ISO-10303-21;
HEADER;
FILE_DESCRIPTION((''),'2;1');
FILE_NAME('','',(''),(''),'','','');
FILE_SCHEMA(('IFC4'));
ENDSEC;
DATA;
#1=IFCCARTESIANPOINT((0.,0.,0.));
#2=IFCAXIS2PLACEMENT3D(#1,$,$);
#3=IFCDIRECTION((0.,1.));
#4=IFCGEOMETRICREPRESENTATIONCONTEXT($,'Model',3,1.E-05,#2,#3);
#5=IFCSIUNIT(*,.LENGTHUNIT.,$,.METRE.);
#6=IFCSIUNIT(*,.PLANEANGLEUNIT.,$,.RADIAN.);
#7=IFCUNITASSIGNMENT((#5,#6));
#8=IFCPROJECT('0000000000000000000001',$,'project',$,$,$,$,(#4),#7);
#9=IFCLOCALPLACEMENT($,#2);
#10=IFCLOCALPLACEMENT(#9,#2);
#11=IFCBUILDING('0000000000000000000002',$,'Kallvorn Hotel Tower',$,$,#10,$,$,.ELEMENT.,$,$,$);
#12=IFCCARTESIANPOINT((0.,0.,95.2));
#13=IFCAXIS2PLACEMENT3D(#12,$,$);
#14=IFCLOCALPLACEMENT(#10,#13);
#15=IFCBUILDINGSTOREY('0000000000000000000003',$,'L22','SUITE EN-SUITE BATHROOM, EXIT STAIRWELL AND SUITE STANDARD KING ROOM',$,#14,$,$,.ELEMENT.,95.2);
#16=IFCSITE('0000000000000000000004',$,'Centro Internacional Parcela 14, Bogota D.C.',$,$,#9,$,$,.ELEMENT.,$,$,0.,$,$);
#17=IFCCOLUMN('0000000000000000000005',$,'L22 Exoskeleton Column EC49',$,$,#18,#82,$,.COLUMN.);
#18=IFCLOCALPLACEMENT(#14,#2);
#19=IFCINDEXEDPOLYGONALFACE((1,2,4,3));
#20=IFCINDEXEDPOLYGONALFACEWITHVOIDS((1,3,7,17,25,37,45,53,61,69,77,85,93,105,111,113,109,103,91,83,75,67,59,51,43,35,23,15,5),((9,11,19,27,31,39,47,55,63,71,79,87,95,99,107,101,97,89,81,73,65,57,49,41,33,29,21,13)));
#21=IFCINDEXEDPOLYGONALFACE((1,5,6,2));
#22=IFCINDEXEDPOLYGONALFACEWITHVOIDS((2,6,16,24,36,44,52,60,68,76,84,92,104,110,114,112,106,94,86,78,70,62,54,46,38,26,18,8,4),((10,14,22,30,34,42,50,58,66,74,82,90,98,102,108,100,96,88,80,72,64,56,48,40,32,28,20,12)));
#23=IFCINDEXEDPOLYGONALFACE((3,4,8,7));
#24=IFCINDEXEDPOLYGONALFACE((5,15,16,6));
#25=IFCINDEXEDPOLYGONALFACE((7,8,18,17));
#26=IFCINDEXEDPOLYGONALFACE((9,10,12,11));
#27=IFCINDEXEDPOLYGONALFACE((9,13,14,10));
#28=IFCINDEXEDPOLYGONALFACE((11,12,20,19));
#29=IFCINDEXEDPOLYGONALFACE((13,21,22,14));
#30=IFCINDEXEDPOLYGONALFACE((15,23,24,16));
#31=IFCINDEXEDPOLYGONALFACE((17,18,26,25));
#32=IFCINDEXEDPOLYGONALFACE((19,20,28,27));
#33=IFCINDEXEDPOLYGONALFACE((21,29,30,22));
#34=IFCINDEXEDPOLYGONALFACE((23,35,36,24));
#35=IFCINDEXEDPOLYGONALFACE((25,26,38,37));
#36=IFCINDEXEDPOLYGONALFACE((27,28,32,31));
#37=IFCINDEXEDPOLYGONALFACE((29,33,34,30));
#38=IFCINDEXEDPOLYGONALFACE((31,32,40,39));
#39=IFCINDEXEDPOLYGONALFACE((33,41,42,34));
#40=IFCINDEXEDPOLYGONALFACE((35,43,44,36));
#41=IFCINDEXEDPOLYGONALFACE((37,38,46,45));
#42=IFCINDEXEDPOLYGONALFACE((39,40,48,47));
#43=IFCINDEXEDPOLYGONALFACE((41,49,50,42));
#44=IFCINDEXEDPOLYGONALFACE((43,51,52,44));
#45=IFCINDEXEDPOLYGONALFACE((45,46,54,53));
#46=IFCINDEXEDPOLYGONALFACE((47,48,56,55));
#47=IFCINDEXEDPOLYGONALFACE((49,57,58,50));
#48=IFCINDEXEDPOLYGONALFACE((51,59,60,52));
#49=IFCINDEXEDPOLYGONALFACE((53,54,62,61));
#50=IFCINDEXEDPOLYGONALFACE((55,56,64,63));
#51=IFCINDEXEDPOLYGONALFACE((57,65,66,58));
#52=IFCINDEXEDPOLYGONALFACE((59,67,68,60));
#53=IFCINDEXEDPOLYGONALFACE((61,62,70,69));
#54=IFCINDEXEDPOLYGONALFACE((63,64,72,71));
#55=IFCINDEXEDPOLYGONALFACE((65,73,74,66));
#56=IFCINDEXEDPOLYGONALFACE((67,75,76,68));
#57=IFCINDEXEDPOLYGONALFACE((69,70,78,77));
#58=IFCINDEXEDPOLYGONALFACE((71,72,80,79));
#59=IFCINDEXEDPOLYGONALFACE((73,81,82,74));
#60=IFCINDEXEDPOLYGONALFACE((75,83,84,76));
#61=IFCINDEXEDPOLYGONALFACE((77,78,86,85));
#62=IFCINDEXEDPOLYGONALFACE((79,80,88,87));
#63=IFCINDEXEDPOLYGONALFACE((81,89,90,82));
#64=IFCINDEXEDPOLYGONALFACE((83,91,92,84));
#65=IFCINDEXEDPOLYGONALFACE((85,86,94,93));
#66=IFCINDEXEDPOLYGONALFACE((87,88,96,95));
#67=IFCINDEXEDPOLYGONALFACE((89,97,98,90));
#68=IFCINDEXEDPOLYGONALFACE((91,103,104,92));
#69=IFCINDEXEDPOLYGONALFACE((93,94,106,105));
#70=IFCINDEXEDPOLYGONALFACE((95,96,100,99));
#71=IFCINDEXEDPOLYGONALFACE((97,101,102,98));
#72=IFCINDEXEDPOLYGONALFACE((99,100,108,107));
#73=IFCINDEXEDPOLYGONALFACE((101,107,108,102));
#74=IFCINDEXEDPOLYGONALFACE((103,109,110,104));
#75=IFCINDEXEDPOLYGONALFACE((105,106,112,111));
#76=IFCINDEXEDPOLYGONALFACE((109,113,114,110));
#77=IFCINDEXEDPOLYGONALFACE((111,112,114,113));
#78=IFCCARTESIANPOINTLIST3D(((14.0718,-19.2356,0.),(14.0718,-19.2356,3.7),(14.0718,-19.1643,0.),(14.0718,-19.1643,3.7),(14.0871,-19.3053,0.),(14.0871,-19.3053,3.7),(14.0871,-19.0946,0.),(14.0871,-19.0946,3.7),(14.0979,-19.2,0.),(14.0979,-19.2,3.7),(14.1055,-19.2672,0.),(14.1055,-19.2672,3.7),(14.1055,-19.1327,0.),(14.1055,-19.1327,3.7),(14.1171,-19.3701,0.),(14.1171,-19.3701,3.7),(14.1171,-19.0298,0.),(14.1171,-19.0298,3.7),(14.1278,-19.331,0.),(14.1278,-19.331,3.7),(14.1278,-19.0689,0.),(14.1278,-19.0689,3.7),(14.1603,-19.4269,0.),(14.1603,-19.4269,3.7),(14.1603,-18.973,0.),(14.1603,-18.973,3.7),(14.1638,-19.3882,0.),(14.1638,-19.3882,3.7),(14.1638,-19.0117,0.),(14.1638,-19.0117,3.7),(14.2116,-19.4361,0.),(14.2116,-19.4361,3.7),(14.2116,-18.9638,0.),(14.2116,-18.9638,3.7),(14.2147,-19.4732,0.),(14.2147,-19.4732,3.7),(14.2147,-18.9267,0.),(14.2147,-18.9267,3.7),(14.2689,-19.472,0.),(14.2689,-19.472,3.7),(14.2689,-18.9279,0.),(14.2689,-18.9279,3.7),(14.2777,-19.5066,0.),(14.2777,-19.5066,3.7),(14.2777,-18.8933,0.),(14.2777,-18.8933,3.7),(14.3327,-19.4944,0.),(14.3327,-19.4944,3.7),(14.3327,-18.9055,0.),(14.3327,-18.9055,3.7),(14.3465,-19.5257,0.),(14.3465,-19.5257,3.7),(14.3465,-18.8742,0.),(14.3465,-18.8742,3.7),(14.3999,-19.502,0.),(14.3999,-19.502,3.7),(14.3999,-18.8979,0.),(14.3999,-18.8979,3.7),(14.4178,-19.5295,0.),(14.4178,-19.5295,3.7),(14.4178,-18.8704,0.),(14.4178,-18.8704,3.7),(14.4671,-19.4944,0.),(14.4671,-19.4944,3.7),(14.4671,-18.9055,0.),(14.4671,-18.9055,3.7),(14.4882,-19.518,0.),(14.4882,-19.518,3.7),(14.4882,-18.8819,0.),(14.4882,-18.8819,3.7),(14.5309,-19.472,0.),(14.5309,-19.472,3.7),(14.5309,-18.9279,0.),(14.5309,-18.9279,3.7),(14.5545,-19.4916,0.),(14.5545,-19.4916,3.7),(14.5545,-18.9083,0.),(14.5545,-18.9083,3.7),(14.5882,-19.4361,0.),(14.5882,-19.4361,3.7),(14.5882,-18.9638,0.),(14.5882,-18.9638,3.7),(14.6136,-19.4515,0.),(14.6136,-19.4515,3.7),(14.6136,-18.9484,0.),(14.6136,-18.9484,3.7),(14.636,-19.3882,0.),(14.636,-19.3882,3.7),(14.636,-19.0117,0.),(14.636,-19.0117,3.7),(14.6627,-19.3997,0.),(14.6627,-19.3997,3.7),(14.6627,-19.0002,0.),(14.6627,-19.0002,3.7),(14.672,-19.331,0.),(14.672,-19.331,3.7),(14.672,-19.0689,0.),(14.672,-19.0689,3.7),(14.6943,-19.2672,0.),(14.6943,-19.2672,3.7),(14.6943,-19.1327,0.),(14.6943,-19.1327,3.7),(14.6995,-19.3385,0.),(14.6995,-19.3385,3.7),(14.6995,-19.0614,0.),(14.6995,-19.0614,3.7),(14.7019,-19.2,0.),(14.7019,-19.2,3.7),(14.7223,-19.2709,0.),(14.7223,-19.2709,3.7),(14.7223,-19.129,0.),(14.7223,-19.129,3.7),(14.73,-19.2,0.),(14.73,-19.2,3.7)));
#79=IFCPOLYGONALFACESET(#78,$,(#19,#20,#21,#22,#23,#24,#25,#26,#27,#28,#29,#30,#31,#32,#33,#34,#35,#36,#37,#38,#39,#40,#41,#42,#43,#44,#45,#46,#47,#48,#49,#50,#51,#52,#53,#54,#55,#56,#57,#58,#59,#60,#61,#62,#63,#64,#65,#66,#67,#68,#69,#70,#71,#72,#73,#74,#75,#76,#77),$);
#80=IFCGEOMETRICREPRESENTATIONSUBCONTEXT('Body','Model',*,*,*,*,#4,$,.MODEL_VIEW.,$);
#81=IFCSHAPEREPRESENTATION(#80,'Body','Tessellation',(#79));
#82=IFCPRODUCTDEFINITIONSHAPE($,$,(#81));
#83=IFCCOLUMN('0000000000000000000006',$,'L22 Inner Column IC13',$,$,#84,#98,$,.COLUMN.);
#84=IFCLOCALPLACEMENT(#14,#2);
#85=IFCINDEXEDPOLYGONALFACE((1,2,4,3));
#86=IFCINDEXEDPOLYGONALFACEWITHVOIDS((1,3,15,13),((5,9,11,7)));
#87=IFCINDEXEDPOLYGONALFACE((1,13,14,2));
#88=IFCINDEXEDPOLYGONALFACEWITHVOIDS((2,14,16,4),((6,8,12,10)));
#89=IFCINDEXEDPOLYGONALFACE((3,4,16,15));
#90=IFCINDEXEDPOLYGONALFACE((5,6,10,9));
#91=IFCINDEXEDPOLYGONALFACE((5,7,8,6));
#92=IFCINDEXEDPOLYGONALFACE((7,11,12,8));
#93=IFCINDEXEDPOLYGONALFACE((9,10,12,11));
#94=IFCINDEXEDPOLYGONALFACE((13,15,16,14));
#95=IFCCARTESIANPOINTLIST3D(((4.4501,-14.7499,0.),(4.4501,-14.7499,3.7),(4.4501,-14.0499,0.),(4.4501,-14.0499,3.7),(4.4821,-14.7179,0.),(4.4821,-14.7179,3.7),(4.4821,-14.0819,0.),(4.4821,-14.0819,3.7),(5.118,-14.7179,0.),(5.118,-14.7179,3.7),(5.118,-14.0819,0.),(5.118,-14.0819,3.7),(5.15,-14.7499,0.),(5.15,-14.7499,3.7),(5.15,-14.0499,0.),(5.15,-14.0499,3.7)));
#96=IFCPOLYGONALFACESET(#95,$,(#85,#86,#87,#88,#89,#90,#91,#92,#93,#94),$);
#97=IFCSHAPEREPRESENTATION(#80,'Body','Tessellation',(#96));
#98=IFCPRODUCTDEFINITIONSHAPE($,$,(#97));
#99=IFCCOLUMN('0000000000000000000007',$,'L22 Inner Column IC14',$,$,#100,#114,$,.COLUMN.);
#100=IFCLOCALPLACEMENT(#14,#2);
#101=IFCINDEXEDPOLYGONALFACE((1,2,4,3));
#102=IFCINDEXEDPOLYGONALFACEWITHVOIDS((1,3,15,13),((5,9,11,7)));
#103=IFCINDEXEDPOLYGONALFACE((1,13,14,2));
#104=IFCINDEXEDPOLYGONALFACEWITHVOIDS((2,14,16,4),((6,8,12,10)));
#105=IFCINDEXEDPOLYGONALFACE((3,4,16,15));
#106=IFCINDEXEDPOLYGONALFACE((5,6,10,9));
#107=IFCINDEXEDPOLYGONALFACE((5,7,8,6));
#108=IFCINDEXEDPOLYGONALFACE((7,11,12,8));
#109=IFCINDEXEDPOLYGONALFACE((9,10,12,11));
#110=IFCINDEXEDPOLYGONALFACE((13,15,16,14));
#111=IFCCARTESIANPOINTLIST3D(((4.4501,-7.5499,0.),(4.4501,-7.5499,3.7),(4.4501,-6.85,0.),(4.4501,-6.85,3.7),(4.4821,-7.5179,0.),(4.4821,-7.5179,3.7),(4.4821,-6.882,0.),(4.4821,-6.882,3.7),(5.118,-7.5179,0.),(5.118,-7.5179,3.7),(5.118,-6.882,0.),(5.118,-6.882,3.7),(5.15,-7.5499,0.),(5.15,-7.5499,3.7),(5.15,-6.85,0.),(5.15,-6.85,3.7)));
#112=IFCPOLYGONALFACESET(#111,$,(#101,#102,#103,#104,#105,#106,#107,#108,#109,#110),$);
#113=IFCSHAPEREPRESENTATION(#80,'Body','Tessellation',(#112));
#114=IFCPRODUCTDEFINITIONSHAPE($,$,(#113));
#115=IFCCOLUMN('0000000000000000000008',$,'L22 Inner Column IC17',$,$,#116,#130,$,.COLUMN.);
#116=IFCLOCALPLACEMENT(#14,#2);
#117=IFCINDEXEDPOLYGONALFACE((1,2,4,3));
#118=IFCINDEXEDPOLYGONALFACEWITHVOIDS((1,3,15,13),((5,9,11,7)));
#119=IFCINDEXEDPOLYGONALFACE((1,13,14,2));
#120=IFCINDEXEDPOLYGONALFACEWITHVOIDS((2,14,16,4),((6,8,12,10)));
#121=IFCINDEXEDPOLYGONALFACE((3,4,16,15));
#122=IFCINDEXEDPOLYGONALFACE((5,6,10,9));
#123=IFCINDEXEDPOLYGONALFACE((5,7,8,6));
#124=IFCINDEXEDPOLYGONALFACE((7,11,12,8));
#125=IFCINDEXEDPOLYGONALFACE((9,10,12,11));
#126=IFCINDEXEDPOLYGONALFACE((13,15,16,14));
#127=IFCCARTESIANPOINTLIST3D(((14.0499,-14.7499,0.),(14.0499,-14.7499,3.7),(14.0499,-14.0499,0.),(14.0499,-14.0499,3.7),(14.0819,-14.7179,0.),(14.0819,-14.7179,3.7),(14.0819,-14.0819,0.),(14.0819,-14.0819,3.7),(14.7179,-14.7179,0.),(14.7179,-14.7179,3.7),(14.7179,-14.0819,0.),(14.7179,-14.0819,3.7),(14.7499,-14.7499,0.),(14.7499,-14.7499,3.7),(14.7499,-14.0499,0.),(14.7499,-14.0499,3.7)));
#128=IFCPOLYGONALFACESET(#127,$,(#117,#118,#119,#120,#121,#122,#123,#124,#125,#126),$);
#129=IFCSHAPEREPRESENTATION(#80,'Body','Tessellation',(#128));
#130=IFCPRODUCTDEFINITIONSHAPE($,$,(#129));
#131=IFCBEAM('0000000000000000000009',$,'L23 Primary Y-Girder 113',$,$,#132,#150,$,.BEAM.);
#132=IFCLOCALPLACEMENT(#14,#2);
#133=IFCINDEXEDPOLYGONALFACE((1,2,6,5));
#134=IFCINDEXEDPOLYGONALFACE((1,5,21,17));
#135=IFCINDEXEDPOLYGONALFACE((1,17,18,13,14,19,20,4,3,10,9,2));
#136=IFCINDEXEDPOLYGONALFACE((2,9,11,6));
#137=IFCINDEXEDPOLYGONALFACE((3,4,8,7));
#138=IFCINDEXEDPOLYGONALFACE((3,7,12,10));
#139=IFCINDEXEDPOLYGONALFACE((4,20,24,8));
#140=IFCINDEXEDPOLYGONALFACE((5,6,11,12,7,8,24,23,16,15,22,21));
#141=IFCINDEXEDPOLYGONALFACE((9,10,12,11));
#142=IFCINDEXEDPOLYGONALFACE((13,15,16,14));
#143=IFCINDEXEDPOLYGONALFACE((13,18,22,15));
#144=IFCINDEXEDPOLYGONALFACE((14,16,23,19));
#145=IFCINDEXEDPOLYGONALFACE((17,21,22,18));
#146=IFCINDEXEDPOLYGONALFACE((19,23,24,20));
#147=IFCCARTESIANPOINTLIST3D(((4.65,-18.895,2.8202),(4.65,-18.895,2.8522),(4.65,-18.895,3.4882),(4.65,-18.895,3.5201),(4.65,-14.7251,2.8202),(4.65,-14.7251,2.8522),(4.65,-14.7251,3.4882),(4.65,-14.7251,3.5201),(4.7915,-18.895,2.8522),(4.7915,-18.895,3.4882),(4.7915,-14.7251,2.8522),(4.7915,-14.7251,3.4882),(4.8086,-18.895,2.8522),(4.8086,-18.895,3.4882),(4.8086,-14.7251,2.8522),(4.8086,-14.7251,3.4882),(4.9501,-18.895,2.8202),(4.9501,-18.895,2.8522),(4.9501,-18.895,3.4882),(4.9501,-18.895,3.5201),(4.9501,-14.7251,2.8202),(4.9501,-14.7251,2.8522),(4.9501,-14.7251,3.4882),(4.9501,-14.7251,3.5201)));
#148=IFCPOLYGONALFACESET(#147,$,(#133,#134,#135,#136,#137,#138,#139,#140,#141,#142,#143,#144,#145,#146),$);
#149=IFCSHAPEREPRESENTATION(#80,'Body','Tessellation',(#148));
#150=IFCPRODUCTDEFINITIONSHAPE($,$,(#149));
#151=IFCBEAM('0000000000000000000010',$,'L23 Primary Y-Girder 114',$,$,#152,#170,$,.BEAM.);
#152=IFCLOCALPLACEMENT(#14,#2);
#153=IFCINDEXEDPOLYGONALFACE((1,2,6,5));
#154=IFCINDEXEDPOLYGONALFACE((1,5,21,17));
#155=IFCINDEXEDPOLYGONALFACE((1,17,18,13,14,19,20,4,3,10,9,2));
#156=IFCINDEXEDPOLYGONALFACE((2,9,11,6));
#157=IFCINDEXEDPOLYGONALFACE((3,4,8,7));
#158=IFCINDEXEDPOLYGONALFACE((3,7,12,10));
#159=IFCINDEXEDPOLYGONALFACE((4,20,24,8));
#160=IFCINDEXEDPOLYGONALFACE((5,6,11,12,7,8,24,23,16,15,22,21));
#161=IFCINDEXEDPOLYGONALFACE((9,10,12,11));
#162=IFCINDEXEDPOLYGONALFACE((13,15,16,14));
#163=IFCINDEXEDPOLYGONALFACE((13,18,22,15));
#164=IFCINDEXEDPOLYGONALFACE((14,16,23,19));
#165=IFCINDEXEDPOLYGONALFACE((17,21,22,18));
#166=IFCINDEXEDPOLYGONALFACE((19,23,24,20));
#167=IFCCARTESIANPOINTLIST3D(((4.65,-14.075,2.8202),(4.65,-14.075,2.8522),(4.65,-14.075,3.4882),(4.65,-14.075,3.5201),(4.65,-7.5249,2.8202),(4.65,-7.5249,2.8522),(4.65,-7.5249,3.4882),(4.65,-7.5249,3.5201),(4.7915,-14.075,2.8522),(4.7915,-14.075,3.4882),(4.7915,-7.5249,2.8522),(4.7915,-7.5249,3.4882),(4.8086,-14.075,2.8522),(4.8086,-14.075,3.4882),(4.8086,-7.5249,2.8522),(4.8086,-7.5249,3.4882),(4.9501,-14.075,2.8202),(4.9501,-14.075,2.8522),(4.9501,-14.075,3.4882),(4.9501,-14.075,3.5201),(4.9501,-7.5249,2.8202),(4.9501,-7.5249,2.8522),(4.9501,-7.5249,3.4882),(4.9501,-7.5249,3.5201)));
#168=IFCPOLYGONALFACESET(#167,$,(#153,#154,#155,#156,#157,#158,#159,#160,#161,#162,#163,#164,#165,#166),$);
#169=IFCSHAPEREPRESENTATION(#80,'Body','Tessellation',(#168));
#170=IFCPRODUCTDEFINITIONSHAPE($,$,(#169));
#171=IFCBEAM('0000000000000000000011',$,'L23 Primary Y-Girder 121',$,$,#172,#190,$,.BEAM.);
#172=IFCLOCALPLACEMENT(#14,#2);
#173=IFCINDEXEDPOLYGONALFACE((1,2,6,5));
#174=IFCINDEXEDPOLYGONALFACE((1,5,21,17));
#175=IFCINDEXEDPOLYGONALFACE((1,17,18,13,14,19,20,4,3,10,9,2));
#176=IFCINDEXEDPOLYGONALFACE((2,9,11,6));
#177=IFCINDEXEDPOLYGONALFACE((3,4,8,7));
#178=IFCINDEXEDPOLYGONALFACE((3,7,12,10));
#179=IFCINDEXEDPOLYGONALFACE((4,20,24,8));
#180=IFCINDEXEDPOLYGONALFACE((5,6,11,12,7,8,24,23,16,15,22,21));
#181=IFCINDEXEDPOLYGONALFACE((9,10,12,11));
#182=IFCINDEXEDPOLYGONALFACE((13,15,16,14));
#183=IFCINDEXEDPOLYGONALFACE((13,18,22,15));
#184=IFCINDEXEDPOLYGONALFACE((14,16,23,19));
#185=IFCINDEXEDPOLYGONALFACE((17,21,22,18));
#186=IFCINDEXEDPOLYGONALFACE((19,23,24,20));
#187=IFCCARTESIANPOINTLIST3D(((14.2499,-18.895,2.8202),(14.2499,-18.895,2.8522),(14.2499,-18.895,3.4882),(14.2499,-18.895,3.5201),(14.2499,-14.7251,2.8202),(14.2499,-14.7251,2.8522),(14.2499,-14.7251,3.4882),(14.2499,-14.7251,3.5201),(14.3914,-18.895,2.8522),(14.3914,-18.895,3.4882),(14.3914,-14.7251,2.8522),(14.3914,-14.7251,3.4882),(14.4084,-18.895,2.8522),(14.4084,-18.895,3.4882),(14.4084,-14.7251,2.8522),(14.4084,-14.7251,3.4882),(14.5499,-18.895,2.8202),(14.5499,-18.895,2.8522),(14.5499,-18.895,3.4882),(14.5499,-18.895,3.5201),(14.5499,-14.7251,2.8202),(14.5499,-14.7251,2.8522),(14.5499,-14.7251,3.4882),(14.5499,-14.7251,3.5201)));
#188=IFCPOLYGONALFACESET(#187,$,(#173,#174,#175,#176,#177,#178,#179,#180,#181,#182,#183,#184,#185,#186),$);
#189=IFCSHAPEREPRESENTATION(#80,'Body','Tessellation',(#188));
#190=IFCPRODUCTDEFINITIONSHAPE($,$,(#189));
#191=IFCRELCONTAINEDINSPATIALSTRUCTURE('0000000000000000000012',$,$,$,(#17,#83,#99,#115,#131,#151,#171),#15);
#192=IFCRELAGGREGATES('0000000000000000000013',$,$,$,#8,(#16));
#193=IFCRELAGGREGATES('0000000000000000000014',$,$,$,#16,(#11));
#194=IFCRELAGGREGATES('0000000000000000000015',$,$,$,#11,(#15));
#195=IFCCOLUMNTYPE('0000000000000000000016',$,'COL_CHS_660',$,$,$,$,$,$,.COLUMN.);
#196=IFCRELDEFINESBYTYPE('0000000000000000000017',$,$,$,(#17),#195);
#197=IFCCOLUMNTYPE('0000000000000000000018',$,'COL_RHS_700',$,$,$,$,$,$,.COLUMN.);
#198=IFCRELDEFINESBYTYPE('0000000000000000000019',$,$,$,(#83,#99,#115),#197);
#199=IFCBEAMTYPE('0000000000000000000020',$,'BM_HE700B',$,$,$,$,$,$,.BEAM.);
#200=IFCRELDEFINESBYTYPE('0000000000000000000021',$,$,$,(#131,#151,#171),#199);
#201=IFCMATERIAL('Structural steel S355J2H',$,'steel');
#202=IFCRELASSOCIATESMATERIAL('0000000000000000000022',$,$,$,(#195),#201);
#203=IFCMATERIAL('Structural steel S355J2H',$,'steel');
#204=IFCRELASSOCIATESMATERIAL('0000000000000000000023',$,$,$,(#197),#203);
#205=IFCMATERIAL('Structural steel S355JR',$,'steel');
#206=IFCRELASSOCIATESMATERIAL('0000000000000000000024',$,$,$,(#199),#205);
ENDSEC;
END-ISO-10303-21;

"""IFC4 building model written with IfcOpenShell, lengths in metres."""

from ifc_helpers import new_model, si_unit, direction, frame, origin, origin_2d, place, context, subcontext, project, spatial, hollow_rectangle, hollow_circle, i_section, extrude, material, material_profile, profile_set, type_object, element, save


model = new_model("IFC4")

# Units and contexts
model_context = context("Model", 3, precision=1e-05, world=origin(), true_north=direction((0.0, 1.0)))
body_context = subcontext(model_context, "Body", "Model", "MODEL_VIEW")
ifc_project = project(units=[si_unit("LENGTHUNIT", "METRE"), si_unit("PLANEANGLEUNIT", "RADIAN")], contexts=[model_context])

# Site, building, storey
site_placement = place(None, origin())
site = spatial("IfcSite", under=ifc_project, at=site_placement, Name="Centro Internacional Parcela 14, Bogota D.C.", CompositionType="ELEMENT", RefElevation=0.0)
building_placement = place(site_placement, origin())
building = spatial("IfcBuilding", under=site, at=building_placement, Name="Kallvorn Hotel Tower", CompositionType="ELEMENT")
storey_placement = place(building_placement, frame((0.0, 0.0, 95.2)))
storey = spatial("IfcBuildingStorey", under=building, at=storey_placement, Name="L22", Description="SUITE EN-SUITE BATHROOM, EXIT STAIRWELL AND SUITE STANDARD KING ROOM", CompositionType="ELEMENT", Elevation=95.2)

# Columns
ifc_material_1 = material(Name="Structural steel S355J2H", Category="steel")
ifc_material_profile_1 = material_profile(ifc_material_1, hollow_circle(Radius=0.3301, WallThickness=0.0281, at=origin_2d()), Name="CHS 660x28")
ifc_profile_set_1 = profile_set([ifc_material_profile_1], Name="Structural steel S355J2H")
column_type_1 = type_object("IfcColumnType", Name="COL_CHS_660", PredefinedType="COLUMN", material=ifc_profile_set_1)
for number, where, z_axis, x_axis, name in (
    (1, (14.3999, -19.2, 0.0), (0.0, 0.0, 1.0), (1.0, 0.0, 0.0), "L22 Exoskeleton Column EC49"),
):
    element("IfcColumn", number, at=place(storey_placement, frame(where, z_axis=z_axis, x_axis=x_axis)), inside=storey, type_object=column_type_1, Name=name, PredefinedType="COLUMN", context=body_context, shape_type="SweptSolid", body=[
        extrude(hollow_circle(Radius=0.3301, WallThickness=0.0281, at=origin_2d()), origin(), (0.0, 0.0, 1.0), 3.7),
    ])
ifc_material_2 = material(Name="Structural steel S355J2H", Category="steel")
ifc_material_profile_2 = material_profile(ifc_material_2, hollow_rectangle(XDim=0.7, YDim=0.7, WallThickness=0.032, at=origin_2d()), Name="RHS 700x700x32")
ifc_profile_set_2 = profile_set([ifc_material_profile_2], Name="Structural steel S355J2H")
column_type_2 = type_object("IfcColumnType", Name="COL_RHS_700", PredefinedType="COLUMN", material=ifc_profile_set_2)
for number, where, z_axis, x_axis, name in (
    (2, (4.8, -14.3999, 0.0), (0.0, 0.0, 1.0), (1.0, 0.0, 0.0), "L22 Inner Column IC13"),
    (3, (4.8, -7.2, 0.0), (0.0, 0.0, 1.0), (1.0, 0.0, 0.0), "L22 Inner Column IC14"),
    (4, (14.3999, -14.3999, 0.0), (0.0, 0.0, 1.0), (1.0, 0.0, 0.0), "L22 Inner Column IC17"),
):
    element("IfcColumn", number, at=place(storey_placement, frame(where, z_axis=z_axis, x_axis=x_axis)), inside=storey, type_object=column_type_2, Name=name, PredefinedType="COLUMN", context=body_context, shape_type="SweptSolid", body=[
        extrude(hollow_rectangle(XDim=0.7, YDim=0.7, WallThickness=0.032, at=origin_2d()), origin(), (0.0, 0.0, 1.0), 3.7),
    ])

# Beams
ifc_material_3 = material(Name="Structural steel S355JR", Category="steel")
ifc_material_profile_3 = material_profile(ifc_material_3, i_section(OverallWidth=0.3, OverallDepth=0.7, WebThickness=0.0171, FlangeThickness=0.032, at=origin_2d()), Name="HE 700 B")
ifc_profile_set_3 = profile_set([ifc_material_profile_3], Name="Structural steel S355JR")
beam_type_1 = type_object("IfcBeamType", Name="BM_HE700B", PredefinedType="BEAM", material=ifc_profile_set_3)
beam_1_placement = place(storey_placement, frame((4.8, -18.895, 3.1702), z_axis=(0.0, 1.0, 0.0), x_axis=(-1.0, 0.0, 0.0)))
element("IfcBeam", 5, at=beam_1_placement, inside=storey, type_object=beam_type_1, Name="L23 Primary Y-Girder 113", PredefinedType="BEAM", context=body_context, shape_type="SweptSolid", body=[
    extrude(i_section(OverallWidth=0.3, OverallDepth=0.7, WebThickness=0.0171, FlangeThickness=0.032, at=origin_2d()), origin(), (0.0, 0.0, 1.0), 4.1699),
])
beam_2_placement = place(storey_placement, frame((4.8, -14.075, 3.1702), z_axis=(0.0, 1.0, 0.0), x_axis=(-1.0, 0.0, 0.0)))
element("IfcBeam", 6, at=beam_2_placement, inside=storey, type_object=beam_type_1, Name="L23 Primary Y-Girder 114", PredefinedType="BEAM", context=body_context, shape_type="SweptSolid", body=[
    extrude(i_section(OverallWidth=0.3, OverallDepth=0.7, WebThickness=0.0171, FlangeThickness=0.032, at=origin_2d()), origin(), (0.0, 0.0, 1.0), 6.55),
])
beam_3_placement = place(storey_placement, frame((14.3999, -18.895, 3.1702), z_axis=(0.0, 1.0, 0.0), x_axis=(-1.0, 0.0, 0.0)))
element("IfcBeam", 7, at=beam_3_placement, inside=storey, type_object=beam_type_1, Name="L23 Primary Y-Girder 121", PredefinedType="BEAM", context=body_context, shape_type="SweptSolid", body=[
    extrude(i_section(OverallWidth=0.3, OverallDepth=0.7, WebThickness=0.0171, FlangeThickness=0.032, at=origin_2d()), origin(), (0.0, 0.0, 1.0), 4.1699),
])

save(model, "model.ifc")
